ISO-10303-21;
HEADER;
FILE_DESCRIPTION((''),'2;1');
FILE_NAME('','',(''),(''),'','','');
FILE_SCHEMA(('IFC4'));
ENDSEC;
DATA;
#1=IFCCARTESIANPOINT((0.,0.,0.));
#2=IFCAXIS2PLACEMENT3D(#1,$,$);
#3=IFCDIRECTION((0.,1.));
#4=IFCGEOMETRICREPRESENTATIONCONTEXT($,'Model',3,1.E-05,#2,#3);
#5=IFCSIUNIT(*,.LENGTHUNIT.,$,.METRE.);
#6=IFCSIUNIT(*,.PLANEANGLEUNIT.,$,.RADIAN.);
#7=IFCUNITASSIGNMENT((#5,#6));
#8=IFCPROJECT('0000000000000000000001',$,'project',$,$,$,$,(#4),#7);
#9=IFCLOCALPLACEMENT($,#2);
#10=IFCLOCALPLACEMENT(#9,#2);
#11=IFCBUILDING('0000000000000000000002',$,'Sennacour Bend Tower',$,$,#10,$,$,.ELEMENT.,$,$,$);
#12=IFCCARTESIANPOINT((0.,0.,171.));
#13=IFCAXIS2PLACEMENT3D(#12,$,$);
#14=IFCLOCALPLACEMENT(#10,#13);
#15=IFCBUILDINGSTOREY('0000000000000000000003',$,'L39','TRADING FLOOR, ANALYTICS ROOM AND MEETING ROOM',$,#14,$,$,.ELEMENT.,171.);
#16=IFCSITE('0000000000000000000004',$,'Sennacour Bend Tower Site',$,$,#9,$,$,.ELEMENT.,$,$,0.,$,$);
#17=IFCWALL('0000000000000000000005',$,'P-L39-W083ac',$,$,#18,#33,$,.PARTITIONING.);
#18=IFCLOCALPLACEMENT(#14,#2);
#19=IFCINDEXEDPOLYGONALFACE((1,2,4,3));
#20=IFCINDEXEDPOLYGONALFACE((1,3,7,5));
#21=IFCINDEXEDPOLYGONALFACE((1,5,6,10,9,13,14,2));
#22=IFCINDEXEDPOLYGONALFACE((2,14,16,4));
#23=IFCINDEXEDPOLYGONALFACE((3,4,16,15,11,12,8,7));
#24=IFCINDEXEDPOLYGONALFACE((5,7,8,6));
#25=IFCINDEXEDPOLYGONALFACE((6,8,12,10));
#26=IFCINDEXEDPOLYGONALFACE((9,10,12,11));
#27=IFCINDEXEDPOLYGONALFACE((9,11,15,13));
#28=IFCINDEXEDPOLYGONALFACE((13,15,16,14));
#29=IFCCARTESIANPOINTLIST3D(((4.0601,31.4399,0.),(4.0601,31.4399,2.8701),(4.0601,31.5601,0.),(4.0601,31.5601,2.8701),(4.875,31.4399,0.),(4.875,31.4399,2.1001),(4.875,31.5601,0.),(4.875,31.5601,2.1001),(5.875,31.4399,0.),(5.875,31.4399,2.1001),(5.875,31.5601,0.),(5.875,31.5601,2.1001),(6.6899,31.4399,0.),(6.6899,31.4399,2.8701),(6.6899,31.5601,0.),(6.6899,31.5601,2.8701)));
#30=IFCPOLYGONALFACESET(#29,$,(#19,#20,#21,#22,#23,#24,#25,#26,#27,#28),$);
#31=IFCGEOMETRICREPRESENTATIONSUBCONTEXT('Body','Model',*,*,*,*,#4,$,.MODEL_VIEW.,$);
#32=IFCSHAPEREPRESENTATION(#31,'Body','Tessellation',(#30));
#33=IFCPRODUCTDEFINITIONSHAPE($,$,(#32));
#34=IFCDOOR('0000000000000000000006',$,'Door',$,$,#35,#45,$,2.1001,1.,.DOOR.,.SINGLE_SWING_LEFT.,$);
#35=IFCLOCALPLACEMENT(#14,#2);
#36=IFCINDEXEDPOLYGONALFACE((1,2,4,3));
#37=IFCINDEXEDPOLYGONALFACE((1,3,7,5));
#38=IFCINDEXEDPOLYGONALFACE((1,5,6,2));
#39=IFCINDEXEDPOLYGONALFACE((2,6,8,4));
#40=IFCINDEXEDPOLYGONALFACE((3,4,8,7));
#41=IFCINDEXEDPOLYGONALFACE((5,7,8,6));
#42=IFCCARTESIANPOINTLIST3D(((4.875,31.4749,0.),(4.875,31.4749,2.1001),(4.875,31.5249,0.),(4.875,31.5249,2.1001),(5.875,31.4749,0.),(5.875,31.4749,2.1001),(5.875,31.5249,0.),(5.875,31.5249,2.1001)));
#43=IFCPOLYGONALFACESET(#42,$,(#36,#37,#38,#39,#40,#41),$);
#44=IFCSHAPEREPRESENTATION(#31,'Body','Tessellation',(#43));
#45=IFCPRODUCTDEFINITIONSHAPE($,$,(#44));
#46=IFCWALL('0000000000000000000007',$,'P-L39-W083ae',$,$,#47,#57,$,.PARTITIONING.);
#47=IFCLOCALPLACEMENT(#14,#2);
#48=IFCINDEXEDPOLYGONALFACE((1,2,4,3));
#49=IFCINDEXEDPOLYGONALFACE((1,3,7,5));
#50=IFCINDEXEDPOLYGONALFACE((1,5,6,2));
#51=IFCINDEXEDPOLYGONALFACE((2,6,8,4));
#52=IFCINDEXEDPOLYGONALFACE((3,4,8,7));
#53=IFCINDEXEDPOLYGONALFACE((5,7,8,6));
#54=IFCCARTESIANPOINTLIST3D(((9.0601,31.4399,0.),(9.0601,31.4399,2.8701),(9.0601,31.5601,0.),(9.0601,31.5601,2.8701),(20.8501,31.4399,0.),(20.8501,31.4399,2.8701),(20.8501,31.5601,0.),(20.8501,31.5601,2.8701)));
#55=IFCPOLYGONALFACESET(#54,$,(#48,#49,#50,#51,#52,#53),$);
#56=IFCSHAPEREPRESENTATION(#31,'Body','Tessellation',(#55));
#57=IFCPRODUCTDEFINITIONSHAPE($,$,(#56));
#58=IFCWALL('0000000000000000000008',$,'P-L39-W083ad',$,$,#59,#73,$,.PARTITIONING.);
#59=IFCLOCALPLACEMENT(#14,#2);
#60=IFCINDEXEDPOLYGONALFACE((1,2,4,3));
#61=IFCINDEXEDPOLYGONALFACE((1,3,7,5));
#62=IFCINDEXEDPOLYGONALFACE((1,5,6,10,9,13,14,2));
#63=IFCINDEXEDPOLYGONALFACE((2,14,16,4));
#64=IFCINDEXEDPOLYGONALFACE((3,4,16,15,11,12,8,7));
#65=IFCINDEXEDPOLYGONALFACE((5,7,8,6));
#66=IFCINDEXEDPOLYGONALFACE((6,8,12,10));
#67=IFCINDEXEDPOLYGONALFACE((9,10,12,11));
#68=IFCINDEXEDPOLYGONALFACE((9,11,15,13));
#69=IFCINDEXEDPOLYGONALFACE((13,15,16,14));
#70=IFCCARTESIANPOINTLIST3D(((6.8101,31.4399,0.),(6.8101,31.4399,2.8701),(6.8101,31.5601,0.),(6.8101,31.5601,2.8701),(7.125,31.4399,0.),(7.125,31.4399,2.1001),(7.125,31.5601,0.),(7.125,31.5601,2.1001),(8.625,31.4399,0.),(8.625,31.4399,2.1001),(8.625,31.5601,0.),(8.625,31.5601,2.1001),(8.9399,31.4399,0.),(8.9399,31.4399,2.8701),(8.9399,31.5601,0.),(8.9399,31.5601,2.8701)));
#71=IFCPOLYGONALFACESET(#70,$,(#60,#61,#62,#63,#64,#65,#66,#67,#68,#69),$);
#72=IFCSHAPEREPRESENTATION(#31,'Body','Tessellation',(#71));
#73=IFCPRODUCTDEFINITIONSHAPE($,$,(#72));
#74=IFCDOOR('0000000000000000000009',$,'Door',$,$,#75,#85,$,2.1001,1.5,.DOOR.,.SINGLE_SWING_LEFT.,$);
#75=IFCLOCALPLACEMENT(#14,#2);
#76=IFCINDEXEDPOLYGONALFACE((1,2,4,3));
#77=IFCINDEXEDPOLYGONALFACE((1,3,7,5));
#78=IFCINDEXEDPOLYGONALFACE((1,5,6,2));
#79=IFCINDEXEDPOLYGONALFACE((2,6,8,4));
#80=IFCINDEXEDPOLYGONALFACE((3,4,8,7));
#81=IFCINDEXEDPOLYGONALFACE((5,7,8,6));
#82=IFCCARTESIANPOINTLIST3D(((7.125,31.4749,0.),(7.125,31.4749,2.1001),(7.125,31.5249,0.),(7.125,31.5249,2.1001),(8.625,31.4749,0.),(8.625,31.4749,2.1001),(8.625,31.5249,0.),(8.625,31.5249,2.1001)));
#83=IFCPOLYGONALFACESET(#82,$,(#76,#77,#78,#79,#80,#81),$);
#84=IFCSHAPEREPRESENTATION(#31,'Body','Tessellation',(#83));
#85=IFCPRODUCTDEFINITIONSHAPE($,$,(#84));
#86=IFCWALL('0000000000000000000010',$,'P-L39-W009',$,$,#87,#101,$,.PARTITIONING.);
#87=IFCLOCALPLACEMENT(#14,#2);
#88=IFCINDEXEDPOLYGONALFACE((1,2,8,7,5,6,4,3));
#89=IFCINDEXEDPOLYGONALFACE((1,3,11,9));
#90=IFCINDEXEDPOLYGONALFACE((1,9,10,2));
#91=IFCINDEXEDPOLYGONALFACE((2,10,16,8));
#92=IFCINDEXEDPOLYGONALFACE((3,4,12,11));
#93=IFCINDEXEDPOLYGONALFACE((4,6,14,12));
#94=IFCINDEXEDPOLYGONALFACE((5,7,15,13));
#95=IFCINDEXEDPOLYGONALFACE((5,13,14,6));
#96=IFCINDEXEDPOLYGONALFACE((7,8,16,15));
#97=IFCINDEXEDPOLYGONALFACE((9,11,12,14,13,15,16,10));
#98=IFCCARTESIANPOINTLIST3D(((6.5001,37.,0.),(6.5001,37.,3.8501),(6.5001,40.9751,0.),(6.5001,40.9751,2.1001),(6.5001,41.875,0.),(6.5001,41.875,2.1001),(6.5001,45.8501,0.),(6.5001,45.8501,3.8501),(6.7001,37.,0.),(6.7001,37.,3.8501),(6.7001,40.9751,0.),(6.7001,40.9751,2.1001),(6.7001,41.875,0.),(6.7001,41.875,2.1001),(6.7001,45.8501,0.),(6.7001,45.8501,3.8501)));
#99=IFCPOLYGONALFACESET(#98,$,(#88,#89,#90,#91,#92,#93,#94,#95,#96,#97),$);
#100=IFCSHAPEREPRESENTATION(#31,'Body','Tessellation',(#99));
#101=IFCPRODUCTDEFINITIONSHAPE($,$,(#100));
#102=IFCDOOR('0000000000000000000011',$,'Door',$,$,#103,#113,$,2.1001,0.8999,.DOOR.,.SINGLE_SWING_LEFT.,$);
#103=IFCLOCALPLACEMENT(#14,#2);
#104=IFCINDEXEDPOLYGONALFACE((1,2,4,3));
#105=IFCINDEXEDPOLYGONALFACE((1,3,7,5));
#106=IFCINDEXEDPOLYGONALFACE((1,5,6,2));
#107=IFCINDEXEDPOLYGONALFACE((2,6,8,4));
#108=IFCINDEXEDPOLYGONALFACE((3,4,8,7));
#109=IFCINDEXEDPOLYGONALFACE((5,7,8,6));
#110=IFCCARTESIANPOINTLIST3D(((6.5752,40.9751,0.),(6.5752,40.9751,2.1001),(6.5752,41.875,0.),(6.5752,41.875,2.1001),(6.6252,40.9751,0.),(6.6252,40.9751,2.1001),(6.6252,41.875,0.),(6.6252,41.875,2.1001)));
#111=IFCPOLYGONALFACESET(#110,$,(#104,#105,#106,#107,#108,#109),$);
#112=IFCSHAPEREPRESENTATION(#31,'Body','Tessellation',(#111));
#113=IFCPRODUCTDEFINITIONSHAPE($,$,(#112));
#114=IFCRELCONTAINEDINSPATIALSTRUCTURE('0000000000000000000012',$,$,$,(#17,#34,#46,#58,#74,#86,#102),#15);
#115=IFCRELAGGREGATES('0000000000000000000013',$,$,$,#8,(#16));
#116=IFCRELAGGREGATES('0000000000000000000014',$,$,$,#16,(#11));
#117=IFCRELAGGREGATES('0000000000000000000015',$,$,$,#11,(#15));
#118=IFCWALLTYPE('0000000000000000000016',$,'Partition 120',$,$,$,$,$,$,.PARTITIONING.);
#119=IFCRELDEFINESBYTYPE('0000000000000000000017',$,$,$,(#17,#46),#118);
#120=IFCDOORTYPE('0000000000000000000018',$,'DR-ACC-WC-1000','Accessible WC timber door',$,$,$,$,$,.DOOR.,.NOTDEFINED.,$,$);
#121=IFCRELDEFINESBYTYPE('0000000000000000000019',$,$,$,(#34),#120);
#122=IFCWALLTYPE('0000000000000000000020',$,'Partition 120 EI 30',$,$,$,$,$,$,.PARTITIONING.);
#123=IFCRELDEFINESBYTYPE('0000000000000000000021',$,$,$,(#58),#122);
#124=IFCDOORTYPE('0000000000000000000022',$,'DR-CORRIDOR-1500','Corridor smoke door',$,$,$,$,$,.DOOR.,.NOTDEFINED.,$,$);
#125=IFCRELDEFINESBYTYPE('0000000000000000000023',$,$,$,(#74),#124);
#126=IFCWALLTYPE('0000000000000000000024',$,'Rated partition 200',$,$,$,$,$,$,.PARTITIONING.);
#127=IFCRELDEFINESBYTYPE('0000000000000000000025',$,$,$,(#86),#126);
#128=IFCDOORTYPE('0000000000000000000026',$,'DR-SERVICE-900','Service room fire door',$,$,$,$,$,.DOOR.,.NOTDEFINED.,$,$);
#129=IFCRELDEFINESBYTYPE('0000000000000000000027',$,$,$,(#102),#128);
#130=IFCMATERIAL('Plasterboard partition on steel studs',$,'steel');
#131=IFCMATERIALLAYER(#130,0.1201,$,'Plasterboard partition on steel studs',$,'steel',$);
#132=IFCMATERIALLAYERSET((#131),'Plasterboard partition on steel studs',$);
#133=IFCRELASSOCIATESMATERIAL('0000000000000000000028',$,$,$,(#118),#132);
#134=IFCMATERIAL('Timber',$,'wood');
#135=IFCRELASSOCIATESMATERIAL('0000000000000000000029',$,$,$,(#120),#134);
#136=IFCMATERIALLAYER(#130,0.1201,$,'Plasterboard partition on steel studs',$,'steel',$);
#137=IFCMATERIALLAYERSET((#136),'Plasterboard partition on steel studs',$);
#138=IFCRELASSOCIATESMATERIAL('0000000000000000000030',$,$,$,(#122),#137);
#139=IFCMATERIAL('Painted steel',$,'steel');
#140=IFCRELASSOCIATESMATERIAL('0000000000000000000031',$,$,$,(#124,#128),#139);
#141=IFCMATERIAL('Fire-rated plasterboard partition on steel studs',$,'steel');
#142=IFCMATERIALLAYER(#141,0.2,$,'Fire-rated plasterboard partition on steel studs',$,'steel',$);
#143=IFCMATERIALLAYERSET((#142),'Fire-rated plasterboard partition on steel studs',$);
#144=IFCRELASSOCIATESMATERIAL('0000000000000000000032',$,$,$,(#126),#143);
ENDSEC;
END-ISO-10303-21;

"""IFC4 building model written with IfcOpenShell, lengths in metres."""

from ifc_helpers import new_model, si_unit, direction, frame, frame_2d, origin, place, context, subcontext, project, spatial, rectangle, extrude, material, layer, layer_set, type_object, element, fill, save


model = new_model("IFC4")

# Units and contexts
model_context = context("Model", 3, precision=1e-05, world=origin(), true_north=direction((0.0, 1.0)))
body_context = subcontext(model_context, "Body", "Model", "MODEL_VIEW")
ifc_project = project(units=[si_unit("LENGTHUNIT", "METRE"), si_unit("PLANEANGLEUNIT", "RADIAN")], contexts=[model_context])

# Site, building, storey
site_placement = place(None, origin())
site = spatial("IfcSite", under=ifc_project, at=site_placement, Name="Sennacour Bend Tower Site", CompositionType="ELEMENT", RefElevation=0.0)
building_placement = place(site_placement, origin())
building = spatial("IfcBuilding", under=site, at=building_placement, Name="Sennacour Bend Tower", CompositionType="ELEMENT")
storey_placement = place(building_placement, frame((0.0, 0.0, 171.0)))
storey = spatial("IfcBuildingStorey", under=building, at=storey_placement, Name="L39", Description="TRADING FLOOR, ANALYTICS ROOM AND MEETING ROOM", CompositionType="ELEMENT", Elevation=171.0)

# Shared definitions
ifc_material_1 = material(Name="Plasterboard partition on steel studs", Category="steel")
ifc_layer_1 = layer(ifc_material_1, 0.1201, Name="Plasterboard partition on steel studs", Category="steel")
ifc_layer_set_1 = layer_set([ifc_layer_1], Name="Plasterboard partition on steel studs")
wall_type_1 = type_object("IfcWallType", Name="Partition 120", PredefinedType="PARTITIONING", material=ifc_layer_set_1)

# Wall, opening, door
wall_1_placement = place(storey_placement, frame((4.0601, 31.5, 0.0), z_axis=(0.0, 0.0, 1.0), x_axis=(1.0, 0.0, 0.0)))
wall_1 = element("IfcWall", 1, at=wall_1_placement, inside=storey, type_object=wall_type_1, Name="P-L39-W083ac", PredefinedType="PARTITIONING", context=body_context, shape_type="SweptSolid", body=[
    extrude(rectangle(XDim=2.6299, YDim=0.1201, at=frame_2d((1.3149, 0.0))), origin(), (0.0, 0.0, 1.0), 2.8701),
])
opening_1_placement = place(wall_1_placement, frame((0.8149, 0.0, 0.0)))
opening_1 = element("IfcOpeningElement", 2, at=opening_1_placement, cuts=wall_1, PredefinedType="OPENING", context=body_context, shape_type="SweptSolid", body=[
    extrude(rectangle(XDim=1.0, YDim=2.1001, at=frame_2d((0.5, 1.05))), frame((0.0, 0.0701, 0.0), z_axis=(0.0, -1.0, 0.0), x_axis=(1.0, 0.0, 0.0)), (0.0, 0.0, 1.0), 0.1401),
])
ifc_material_2 = material(Name="Timber", Category="wood")
door_type_1 = type_object("IfcDoorType", Name="DR-ACC-WC-1000", Description="Accessible WC timber door", OperationType="NOTDEFINED", PredefinedType="DOOR", material=ifc_material_2)
door_1_placement = place(opening_1_placement, origin())
door_1 = element("IfcDoor", 3, at=door_1_placement, inside=storey, type_object=door_type_1, Name="Door", OperationType="SINGLE_SWING_LEFT", OverallHeight=2.1001, OverallWidth=1.0, PredefinedType="DOOR", context=body_context, shape_type="SweptSolid", body=[
    extrude(rectangle(XDim=1.0, YDim=2.1001, at=frame_2d((0.5, 1.05))), frame((0.0, 0.0249, 0.0), z_axis=(0.0, -1.0, 0.0), x_axis=(1.0, 0.0, 0.0)), (0.0, 0.0, 1.0), 0.05),
])
fill(opening_1, door_1)

# Wall
wall_2_placement = place(storey_placement, frame((9.0601, 31.5, 0.0), z_axis=(0.0, 0.0, 1.0), x_axis=(1.0, 0.0, 0.0)))
element("IfcWall", 4, at=wall_2_placement, inside=storey, type_object=wall_type_1, Name="P-L39-W083ae", PredefinedType="PARTITIONING", context=body_context, shape_type="SweptSolid", body=[
    extrude(rectangle(XDim=11.79, YDim=0.1201, at=frame_2d((5.895, 0.0))), origin(), (0.0, 0.0, 1.0), 2.8701),
])

# Walls, openings, doors
ifc_layer_2 = layer(ifc_material_1, 0.1201, Name="Plasterboard partition on steel studs", Category="steel")
ifc_layer_set_2 = layer_set([ifc_layer_2], Name="Plasterboard partition on steel studs")
wall_type_2 = type_object("IfcWallType", Name="Partition 120 EI 30", PredefinedType="PARTITIONING", material=ifc_layer_set_2)
wall_3_placement = place(storey_placement, frame((6.8101, 31.5, 0.0), z_axis=(0.0, 0.0, 1.0), x_axis=(1.0, 0.0, 0.0)))
wall_3 = element("IfcWall", 5, at=wall_3_placement, inside=storey, type_object=wall_type_2, Name="P-L39-W083ad", PredefinedType="PARTITIONING", context=body_context, shape_type="SweptSolid", body=[
    extrude(rectangle(XDim=2.1299, YDim=0.1201, at=frame_2d((1.0649, 0.0))), origin(), (0.0, 0.0, 1.0), 2.8701),
])
opening_2_placement = place(wall_3_placement, frame((0.3149, 0.0, 0.0)))
opening_2 = element("IfcOpeningElement", 6, at=opening_2_placement, cuts=wall_3, PredefinedType="OPENING", context=body_context, shape_type="SweptSolid", body=[
    extrude(rectangle(XDim=1.5, YDim=2.1001, at=frame_2d((0.75, 1.05))), frame((0.0, 0.0701, 0.0), z_axis=(0.0, -1.0, 0.0), x_axis=(1.0, 0.0, 0.0)), (0.0, 0.0, 1.0), 0.1401),
])
ifc_material_3 = material(Name="Painted steel", Category="steel")
door_type_2 = type_object("IfcDoorType", Name="DR-CORRIDOR-1500", Description="Corridor smoke door", OperationType="NOTDEFINED", PredefinedType="DOOR", material=ifc_material_3)
door_2_placement = place(opening_2_placement, origin())
door_2 = element("IfcDoor", 7, at=door_2_placement, inside=storey, type_object=door_type_2, Name="Door", OperationType="SINGLE_SWING_LEFT", OverallHeight=2.1001, OverallWidth=1.5, PredefinedType="DOOR", context=body_context, shape_type="SweptSolid", body=[
    extrude(rectangle(XDim=1.5, YDim=2.1001, at=frame_2d((0.75, 1.05))), frame((0.0, 0.0249, 0.0), z_axis=(0.0, -1.0, 0.0), x_axis=(1.0, 0.0, 0.0)), (0.0, 0.0, 1.0), 0.05),
])
fill(opening_2, door_2)
ifc_material_4 = material(Name="Fire-rated plasterboard partition on steel studs", Category="steel")
ifc_layer_3 = layer(ifc_material_4, 0.2, Name="Fire-rated plasterboard partition on steel studs", Category="steel")
ifc_layer_set_3 = layer_set([ifc_layer_3], Name="Fire-rated plasterboard partition on steel studs")
wall_type_3 = type_object("IfcWallType", Name="Rated partition 200", PredefinedType="PARTITIONING", material=ifc_layer_set_3)
wall_4_placement = place(storey_placement, frame((6.6001, 37.0, 0.0), z_axis=(0.0, 0.0, 1.0), x_axis=(0.0, 1.0, 0.0)))
wall_4 = element("IfcWall", 8, at=wall_4_placement, inside=storey, type_object=wall_type_3, Name="P-L39-W009", PredefinedType="PARTITIONING", context=body_context, shape_type="SweptSolid", body=[
    extrude(rectangle(XDim=8.8501, YDim=0.2, at=frame_2d((4.425, 0.0))), origin(), (0.0, 0.0, 1.0), 3.8501),
])
opening_3_placement = place(wall_4_placement, frame((3.9751, 0.0, 0.0)))
opening_3 = element("IfcOpeningElement", 9, at=opening_3_placement, cuts=wall_4, PredefinedType="OPENING", context=body_context, shape_type="SweptSolid", body=[
    extrude(rectangle(XDim=0.8999, YDim=2.1001, at=frame_2d((0.45, 1.05))), frame((0.0, 0.1099, 0.0), z_axis=(0.0, -1.0, 0.0), x_axis=(1.0, 0.0, 0.0)), (0.0, 0.0, 1.0), 0.22),
])
door_type_3 = type_object("IfcDoorType", Name="DR-SERVICE-900", Description="Service room fire door", OperationType="NOTDEFINED", PredefinedType="DOOR", material=ifc_material_3)
door_3_placement = place(opening_3_placement, origin())
door_3 = element("IfcDoor", 10, at=door_3_placement, inside=storey, type_object=door_type_3, Name="Door", OperationType="SINGLE_SWING_LEFT", OverallHeight=2.1001, OverallWidth=0.8999, PredefinedType="DOOR", context=body_context, shape_type="SweptSolid", body=[
    extrude(rectangle(XDim=0.8999, YDim=2.1001, at=frame_2d((0.45, 1.05))), frame((0.0, 0.0249, 0.0), z_axis=(0.0, -1.0, 0.0), x_axis=(1.0, 0.0, 0.0)), (0.0, 0.0, 1.0), 0.05),
])
fill(opening_3, door_3)

save(model, "model.ifc")
